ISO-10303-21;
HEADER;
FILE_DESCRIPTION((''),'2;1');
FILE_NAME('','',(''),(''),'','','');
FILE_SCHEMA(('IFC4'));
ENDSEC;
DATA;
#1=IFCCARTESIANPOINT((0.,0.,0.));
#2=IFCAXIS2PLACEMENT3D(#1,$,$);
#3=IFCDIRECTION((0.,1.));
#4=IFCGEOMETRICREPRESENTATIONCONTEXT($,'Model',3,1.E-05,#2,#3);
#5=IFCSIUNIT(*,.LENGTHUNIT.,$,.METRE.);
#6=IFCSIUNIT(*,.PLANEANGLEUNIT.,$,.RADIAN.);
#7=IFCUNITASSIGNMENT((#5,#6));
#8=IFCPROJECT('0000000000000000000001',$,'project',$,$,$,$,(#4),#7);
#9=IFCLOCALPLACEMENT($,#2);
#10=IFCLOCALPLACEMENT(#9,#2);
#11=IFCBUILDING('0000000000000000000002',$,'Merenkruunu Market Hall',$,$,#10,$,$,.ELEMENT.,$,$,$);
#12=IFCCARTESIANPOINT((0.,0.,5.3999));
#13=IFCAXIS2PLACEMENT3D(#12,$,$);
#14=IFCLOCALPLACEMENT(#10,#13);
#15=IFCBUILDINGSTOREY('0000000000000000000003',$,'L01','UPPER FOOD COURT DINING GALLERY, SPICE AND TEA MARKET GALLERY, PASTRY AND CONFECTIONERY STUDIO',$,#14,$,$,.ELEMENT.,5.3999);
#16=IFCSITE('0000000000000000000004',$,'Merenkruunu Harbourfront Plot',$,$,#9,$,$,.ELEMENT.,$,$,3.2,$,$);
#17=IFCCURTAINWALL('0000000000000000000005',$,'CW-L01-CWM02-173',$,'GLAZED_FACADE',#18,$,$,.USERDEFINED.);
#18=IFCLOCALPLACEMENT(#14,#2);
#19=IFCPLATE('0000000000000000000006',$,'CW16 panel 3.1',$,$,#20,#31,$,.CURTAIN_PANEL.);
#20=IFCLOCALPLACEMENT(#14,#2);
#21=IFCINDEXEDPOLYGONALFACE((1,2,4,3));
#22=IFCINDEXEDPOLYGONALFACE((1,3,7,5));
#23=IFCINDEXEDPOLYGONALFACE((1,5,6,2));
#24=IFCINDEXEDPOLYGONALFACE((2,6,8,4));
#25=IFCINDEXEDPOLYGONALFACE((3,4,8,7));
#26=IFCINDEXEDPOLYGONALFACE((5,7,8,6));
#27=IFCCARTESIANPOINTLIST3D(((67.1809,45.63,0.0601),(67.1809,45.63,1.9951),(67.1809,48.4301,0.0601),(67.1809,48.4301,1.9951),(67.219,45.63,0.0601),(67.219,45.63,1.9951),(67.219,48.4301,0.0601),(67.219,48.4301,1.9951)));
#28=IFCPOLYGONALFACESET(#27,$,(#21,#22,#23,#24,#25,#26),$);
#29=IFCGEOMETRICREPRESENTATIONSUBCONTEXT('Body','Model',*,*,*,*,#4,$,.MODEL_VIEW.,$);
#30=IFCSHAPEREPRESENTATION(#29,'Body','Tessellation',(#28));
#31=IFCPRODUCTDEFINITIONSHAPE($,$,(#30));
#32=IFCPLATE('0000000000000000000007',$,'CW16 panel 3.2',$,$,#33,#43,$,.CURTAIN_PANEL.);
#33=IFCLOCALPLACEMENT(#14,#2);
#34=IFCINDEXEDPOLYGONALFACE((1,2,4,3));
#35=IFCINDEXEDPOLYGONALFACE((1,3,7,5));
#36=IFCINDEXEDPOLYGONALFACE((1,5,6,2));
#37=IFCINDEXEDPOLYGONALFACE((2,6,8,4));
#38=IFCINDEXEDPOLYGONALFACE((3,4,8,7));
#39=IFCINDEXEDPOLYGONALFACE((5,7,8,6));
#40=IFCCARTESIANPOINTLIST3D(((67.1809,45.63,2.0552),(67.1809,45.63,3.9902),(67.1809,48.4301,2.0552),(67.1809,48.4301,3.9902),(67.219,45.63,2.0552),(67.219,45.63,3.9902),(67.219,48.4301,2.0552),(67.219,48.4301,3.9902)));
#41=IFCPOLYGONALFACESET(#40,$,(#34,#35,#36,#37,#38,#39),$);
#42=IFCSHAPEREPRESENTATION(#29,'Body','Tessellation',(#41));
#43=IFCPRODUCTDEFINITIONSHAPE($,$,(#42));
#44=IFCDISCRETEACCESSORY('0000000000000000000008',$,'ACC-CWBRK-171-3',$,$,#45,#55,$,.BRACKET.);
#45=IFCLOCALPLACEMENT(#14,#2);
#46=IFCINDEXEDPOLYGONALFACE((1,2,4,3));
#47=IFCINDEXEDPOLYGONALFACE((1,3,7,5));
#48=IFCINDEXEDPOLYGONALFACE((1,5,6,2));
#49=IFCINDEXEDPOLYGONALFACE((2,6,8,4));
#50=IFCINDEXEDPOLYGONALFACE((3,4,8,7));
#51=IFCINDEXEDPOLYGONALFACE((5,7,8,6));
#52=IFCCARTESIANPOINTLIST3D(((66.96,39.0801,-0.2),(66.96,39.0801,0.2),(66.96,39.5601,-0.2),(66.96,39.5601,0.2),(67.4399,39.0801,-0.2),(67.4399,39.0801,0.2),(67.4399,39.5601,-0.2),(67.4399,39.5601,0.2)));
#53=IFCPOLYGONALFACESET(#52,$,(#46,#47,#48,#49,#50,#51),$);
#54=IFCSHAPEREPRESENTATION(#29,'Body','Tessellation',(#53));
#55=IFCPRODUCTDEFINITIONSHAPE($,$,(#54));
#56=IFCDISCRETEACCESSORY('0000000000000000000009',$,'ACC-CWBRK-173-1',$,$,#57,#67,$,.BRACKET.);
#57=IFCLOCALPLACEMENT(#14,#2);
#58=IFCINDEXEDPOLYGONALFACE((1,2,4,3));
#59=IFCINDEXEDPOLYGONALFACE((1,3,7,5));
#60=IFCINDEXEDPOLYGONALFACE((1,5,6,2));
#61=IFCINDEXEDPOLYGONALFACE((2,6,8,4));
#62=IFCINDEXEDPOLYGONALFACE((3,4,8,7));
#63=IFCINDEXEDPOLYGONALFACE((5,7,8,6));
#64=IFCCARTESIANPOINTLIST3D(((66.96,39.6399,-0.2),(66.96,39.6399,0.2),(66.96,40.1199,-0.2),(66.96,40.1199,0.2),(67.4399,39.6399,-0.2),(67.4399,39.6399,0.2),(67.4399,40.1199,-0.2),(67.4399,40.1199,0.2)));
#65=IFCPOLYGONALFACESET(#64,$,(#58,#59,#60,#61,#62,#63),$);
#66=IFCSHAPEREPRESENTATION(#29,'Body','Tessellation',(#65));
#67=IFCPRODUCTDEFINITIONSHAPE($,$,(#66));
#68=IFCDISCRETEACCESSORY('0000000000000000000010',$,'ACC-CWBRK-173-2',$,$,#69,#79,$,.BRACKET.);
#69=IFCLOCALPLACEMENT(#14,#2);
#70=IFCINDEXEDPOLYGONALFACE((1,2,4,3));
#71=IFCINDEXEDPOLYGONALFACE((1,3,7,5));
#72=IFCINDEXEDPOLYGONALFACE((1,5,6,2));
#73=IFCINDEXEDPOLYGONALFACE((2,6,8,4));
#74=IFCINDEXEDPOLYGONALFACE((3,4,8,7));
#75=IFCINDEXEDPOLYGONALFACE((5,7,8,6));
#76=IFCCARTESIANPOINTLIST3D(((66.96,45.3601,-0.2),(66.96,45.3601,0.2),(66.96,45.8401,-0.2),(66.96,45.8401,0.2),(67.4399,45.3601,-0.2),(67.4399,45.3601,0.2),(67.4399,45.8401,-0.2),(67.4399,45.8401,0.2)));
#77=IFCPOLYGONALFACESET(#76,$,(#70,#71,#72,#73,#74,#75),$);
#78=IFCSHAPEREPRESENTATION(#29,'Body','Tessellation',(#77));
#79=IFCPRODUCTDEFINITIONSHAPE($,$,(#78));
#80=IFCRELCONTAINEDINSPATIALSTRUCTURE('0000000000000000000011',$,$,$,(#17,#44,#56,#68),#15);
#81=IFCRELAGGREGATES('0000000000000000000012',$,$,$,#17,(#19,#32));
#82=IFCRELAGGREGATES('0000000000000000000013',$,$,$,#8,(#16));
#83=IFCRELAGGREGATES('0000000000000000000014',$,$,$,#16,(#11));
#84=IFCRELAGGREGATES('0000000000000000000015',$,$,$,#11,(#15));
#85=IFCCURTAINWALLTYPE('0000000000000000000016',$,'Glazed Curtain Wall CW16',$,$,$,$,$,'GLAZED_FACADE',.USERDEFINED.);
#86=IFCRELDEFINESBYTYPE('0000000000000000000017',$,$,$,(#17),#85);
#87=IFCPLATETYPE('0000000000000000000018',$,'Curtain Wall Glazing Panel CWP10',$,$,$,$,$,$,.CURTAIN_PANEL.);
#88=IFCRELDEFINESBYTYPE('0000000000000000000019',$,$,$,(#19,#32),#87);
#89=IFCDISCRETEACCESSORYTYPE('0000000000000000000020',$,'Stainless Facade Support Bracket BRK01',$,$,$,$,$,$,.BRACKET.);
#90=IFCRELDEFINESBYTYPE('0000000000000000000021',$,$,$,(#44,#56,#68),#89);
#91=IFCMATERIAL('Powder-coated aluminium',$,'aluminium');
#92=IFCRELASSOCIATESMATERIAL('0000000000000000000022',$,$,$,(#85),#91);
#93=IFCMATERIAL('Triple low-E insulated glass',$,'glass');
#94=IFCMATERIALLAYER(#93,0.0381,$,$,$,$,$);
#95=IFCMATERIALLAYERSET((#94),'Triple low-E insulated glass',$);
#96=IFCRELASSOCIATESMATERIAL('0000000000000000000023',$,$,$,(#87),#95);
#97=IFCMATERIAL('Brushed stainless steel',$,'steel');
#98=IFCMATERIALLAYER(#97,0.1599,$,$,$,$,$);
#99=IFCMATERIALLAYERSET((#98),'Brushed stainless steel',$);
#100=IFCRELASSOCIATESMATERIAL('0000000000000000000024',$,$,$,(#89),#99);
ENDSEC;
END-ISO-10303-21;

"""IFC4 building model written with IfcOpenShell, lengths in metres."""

from ifc_helpers import new_model, si_unit, direction, frame, origin, origin_2d, place, context, subcontext, project, spatial, rectangle, extrude, material, layer, layer_set, type_object, element, aggregate, save


model = new_model("IFC4")

# Units and contexts
model_context = context("Model", 3, precision=1e-05, world=origin(), true_north=direction((0.0, 1.0)))
body_context = subcontext(model_context, "Body", "Model", "MODEL_VIEW")
ifc_project = project(units=[si_unit("LENGTHUNIT", "METRE"), si_unit("PLANEANGLEUNIT", "RADIAN")], contexts=[model_context])

# Site, building, storey
site_placement = place(None, origin())
site = spatial("IfcSite", under=ifc_project, at=site_placement, Name="Merenkruunu Harbourfront Plot", CompositionType="ELEMENT", RefElevation=3.2)
building_placement = place(site_placement, origin())
building = spatial("IfcBuilding", under=site, at=building_placement, Name="Merenkruunu Market Hall", CompositionType="ELEMENT")
storey_placement = place(building_placement, frame((0.0, 0.0, 5.3999)))
storey = spatial("IfcBuildingStorey", under=building, at=storey_placement, Name="L01", Description="UPPER FOOD COURT DINING GALLERY, SPICE AND TEA MARKET GALLERY, PASTRY AND CONFECTIONERY STUDIO", CompositionType="ELEMENT", Elevation=5.3999)

# Curtain wall
ifc_material_1 = material(Name="Powder-coated aluminium", Category="aluminium")
curtain_wall_type = type_object("IfcCurtainWallType", Name="Glazed Curtain Wall CW16", ElementType="GLAZED_FACADE", PredefinedType="USERDEFINED", material=ifc_material_1)
curtain_wall_1_placement = place(storey_placement, origin())
curtain_wall_1 = element("IfcCurtainWall", 1, at=curtain_wall_1_placement, inside=storey, type_object=curtain_wall_type, Name="CW-L01-CWM02-173", ObjectType="GLAZED_FACADE", PredefinedType="USERDEFINED")

# Plates
ifc_material_2 = material(Name="Triple low-E insulated glass", Category="glass")
ifc_layer_1 = layer(ifc_material_2, 0.0381)
ifc_layer_set_1 = layer_set([ifc_layer_1], Name="Triple low-E insulated glass")
plate_type = type_object("IfcPlateType", Name="Curtain Wall Glazing Panel CWP10", PredefinedType="CURTAIN_PANEL", material=ifc_layer_set_1)
plate_1_placement = place(storey_placement, frame((67.2, 47.03, 0.0601), z_axis=(0.0, 0.0, 1.0), x_axis=(0.0, 1.0, 0.0)))
plate_1 = element("IfcPlate", 2, at=plate_1_placement, type_object=plate_type, Name="CW16 panel 3.1", PredefinedType="CURTAIN_PANEL", context=body_context, shape_type="SweptSolid", body=[
    extrude(rectangle(XDim=2.8, YDim=0.0381, at=origin_2d()), origin(), (0.0, 0.0, 1.0), 1.9351),
])
plate_2_placement = place(storey_placement, frame((67.2, 47.03, 2.0552), z_axis=(0.0, 0.0, 1.0), x_axis=(0.0, 1.0, 0.0)))
plate_2 = element("IfcPlate", 3, at=plate_2_placement, type_object=plate_type, Name="CW16 panel 3.2", PredefinedType="CURTAIN_PANEL", context=body_context, shape_type="SweptSolid", body=[
    extrude(rectangle(XDim=2.8, YDim=0.0381, at=origin_2d()), origin(), (0.0, 0.0, 1.0), 1.9351),
])
aggregate(curtain_wall_1, [plate_1, plate_2])

# Discrete accessories
ifc_material_3 = material(Name="Brushed stainless steel", Category="steel")
ifc_layer_2 = layer(ifc_material_3, 0.1599)
ifc_layer_set_2 = layer_set([ifc_layer_2], Name="Brushed stainless steel")
discrete_accessory_type = type_object("IfcDiscreteAccessoryType", Name="Stainless Facade Support Bracket BRK01", PredefinedType="BRACKET", material=ifc_layer_set_2)
for number, where, z_axis, x_axis, name in (
    (4, (67.2, 39.3201, -0.2), (0.0, 0.0, 1.0), (1.0, 0.0, 0.0), "ACC-CWBRK-171-3"),
    (5, (67.2, 39.8799, -0.2), (0.0, 0.0, 1.0), (1.0, 0.0, 0.0), "ACC-CWBRK-173-1"),
    (6, (67.2, 45.6001, -0.2), (0.0, 0.0, 1.0), (1.0, 0.0, 0.0), "ACC-CWBRK-173-2"),
):
    element("IfcDiscreteAccessory", number, at=place(storey_placement, frame(where, z_axis=z_axis, x_axis=x_axis)), inside=storey, type_object=discrete_accessory_type, Name=name, PredefinedType="BRACKET", context=body_context, shape_type="SweptSolid", body=[
        extrude(rectangle(XDim=0.48, YDim=0.48, at=origin_2d()), origin(), (0.0, 0.0, 1.0), 0.3999),
    ])

save(model, "model.ifc")
